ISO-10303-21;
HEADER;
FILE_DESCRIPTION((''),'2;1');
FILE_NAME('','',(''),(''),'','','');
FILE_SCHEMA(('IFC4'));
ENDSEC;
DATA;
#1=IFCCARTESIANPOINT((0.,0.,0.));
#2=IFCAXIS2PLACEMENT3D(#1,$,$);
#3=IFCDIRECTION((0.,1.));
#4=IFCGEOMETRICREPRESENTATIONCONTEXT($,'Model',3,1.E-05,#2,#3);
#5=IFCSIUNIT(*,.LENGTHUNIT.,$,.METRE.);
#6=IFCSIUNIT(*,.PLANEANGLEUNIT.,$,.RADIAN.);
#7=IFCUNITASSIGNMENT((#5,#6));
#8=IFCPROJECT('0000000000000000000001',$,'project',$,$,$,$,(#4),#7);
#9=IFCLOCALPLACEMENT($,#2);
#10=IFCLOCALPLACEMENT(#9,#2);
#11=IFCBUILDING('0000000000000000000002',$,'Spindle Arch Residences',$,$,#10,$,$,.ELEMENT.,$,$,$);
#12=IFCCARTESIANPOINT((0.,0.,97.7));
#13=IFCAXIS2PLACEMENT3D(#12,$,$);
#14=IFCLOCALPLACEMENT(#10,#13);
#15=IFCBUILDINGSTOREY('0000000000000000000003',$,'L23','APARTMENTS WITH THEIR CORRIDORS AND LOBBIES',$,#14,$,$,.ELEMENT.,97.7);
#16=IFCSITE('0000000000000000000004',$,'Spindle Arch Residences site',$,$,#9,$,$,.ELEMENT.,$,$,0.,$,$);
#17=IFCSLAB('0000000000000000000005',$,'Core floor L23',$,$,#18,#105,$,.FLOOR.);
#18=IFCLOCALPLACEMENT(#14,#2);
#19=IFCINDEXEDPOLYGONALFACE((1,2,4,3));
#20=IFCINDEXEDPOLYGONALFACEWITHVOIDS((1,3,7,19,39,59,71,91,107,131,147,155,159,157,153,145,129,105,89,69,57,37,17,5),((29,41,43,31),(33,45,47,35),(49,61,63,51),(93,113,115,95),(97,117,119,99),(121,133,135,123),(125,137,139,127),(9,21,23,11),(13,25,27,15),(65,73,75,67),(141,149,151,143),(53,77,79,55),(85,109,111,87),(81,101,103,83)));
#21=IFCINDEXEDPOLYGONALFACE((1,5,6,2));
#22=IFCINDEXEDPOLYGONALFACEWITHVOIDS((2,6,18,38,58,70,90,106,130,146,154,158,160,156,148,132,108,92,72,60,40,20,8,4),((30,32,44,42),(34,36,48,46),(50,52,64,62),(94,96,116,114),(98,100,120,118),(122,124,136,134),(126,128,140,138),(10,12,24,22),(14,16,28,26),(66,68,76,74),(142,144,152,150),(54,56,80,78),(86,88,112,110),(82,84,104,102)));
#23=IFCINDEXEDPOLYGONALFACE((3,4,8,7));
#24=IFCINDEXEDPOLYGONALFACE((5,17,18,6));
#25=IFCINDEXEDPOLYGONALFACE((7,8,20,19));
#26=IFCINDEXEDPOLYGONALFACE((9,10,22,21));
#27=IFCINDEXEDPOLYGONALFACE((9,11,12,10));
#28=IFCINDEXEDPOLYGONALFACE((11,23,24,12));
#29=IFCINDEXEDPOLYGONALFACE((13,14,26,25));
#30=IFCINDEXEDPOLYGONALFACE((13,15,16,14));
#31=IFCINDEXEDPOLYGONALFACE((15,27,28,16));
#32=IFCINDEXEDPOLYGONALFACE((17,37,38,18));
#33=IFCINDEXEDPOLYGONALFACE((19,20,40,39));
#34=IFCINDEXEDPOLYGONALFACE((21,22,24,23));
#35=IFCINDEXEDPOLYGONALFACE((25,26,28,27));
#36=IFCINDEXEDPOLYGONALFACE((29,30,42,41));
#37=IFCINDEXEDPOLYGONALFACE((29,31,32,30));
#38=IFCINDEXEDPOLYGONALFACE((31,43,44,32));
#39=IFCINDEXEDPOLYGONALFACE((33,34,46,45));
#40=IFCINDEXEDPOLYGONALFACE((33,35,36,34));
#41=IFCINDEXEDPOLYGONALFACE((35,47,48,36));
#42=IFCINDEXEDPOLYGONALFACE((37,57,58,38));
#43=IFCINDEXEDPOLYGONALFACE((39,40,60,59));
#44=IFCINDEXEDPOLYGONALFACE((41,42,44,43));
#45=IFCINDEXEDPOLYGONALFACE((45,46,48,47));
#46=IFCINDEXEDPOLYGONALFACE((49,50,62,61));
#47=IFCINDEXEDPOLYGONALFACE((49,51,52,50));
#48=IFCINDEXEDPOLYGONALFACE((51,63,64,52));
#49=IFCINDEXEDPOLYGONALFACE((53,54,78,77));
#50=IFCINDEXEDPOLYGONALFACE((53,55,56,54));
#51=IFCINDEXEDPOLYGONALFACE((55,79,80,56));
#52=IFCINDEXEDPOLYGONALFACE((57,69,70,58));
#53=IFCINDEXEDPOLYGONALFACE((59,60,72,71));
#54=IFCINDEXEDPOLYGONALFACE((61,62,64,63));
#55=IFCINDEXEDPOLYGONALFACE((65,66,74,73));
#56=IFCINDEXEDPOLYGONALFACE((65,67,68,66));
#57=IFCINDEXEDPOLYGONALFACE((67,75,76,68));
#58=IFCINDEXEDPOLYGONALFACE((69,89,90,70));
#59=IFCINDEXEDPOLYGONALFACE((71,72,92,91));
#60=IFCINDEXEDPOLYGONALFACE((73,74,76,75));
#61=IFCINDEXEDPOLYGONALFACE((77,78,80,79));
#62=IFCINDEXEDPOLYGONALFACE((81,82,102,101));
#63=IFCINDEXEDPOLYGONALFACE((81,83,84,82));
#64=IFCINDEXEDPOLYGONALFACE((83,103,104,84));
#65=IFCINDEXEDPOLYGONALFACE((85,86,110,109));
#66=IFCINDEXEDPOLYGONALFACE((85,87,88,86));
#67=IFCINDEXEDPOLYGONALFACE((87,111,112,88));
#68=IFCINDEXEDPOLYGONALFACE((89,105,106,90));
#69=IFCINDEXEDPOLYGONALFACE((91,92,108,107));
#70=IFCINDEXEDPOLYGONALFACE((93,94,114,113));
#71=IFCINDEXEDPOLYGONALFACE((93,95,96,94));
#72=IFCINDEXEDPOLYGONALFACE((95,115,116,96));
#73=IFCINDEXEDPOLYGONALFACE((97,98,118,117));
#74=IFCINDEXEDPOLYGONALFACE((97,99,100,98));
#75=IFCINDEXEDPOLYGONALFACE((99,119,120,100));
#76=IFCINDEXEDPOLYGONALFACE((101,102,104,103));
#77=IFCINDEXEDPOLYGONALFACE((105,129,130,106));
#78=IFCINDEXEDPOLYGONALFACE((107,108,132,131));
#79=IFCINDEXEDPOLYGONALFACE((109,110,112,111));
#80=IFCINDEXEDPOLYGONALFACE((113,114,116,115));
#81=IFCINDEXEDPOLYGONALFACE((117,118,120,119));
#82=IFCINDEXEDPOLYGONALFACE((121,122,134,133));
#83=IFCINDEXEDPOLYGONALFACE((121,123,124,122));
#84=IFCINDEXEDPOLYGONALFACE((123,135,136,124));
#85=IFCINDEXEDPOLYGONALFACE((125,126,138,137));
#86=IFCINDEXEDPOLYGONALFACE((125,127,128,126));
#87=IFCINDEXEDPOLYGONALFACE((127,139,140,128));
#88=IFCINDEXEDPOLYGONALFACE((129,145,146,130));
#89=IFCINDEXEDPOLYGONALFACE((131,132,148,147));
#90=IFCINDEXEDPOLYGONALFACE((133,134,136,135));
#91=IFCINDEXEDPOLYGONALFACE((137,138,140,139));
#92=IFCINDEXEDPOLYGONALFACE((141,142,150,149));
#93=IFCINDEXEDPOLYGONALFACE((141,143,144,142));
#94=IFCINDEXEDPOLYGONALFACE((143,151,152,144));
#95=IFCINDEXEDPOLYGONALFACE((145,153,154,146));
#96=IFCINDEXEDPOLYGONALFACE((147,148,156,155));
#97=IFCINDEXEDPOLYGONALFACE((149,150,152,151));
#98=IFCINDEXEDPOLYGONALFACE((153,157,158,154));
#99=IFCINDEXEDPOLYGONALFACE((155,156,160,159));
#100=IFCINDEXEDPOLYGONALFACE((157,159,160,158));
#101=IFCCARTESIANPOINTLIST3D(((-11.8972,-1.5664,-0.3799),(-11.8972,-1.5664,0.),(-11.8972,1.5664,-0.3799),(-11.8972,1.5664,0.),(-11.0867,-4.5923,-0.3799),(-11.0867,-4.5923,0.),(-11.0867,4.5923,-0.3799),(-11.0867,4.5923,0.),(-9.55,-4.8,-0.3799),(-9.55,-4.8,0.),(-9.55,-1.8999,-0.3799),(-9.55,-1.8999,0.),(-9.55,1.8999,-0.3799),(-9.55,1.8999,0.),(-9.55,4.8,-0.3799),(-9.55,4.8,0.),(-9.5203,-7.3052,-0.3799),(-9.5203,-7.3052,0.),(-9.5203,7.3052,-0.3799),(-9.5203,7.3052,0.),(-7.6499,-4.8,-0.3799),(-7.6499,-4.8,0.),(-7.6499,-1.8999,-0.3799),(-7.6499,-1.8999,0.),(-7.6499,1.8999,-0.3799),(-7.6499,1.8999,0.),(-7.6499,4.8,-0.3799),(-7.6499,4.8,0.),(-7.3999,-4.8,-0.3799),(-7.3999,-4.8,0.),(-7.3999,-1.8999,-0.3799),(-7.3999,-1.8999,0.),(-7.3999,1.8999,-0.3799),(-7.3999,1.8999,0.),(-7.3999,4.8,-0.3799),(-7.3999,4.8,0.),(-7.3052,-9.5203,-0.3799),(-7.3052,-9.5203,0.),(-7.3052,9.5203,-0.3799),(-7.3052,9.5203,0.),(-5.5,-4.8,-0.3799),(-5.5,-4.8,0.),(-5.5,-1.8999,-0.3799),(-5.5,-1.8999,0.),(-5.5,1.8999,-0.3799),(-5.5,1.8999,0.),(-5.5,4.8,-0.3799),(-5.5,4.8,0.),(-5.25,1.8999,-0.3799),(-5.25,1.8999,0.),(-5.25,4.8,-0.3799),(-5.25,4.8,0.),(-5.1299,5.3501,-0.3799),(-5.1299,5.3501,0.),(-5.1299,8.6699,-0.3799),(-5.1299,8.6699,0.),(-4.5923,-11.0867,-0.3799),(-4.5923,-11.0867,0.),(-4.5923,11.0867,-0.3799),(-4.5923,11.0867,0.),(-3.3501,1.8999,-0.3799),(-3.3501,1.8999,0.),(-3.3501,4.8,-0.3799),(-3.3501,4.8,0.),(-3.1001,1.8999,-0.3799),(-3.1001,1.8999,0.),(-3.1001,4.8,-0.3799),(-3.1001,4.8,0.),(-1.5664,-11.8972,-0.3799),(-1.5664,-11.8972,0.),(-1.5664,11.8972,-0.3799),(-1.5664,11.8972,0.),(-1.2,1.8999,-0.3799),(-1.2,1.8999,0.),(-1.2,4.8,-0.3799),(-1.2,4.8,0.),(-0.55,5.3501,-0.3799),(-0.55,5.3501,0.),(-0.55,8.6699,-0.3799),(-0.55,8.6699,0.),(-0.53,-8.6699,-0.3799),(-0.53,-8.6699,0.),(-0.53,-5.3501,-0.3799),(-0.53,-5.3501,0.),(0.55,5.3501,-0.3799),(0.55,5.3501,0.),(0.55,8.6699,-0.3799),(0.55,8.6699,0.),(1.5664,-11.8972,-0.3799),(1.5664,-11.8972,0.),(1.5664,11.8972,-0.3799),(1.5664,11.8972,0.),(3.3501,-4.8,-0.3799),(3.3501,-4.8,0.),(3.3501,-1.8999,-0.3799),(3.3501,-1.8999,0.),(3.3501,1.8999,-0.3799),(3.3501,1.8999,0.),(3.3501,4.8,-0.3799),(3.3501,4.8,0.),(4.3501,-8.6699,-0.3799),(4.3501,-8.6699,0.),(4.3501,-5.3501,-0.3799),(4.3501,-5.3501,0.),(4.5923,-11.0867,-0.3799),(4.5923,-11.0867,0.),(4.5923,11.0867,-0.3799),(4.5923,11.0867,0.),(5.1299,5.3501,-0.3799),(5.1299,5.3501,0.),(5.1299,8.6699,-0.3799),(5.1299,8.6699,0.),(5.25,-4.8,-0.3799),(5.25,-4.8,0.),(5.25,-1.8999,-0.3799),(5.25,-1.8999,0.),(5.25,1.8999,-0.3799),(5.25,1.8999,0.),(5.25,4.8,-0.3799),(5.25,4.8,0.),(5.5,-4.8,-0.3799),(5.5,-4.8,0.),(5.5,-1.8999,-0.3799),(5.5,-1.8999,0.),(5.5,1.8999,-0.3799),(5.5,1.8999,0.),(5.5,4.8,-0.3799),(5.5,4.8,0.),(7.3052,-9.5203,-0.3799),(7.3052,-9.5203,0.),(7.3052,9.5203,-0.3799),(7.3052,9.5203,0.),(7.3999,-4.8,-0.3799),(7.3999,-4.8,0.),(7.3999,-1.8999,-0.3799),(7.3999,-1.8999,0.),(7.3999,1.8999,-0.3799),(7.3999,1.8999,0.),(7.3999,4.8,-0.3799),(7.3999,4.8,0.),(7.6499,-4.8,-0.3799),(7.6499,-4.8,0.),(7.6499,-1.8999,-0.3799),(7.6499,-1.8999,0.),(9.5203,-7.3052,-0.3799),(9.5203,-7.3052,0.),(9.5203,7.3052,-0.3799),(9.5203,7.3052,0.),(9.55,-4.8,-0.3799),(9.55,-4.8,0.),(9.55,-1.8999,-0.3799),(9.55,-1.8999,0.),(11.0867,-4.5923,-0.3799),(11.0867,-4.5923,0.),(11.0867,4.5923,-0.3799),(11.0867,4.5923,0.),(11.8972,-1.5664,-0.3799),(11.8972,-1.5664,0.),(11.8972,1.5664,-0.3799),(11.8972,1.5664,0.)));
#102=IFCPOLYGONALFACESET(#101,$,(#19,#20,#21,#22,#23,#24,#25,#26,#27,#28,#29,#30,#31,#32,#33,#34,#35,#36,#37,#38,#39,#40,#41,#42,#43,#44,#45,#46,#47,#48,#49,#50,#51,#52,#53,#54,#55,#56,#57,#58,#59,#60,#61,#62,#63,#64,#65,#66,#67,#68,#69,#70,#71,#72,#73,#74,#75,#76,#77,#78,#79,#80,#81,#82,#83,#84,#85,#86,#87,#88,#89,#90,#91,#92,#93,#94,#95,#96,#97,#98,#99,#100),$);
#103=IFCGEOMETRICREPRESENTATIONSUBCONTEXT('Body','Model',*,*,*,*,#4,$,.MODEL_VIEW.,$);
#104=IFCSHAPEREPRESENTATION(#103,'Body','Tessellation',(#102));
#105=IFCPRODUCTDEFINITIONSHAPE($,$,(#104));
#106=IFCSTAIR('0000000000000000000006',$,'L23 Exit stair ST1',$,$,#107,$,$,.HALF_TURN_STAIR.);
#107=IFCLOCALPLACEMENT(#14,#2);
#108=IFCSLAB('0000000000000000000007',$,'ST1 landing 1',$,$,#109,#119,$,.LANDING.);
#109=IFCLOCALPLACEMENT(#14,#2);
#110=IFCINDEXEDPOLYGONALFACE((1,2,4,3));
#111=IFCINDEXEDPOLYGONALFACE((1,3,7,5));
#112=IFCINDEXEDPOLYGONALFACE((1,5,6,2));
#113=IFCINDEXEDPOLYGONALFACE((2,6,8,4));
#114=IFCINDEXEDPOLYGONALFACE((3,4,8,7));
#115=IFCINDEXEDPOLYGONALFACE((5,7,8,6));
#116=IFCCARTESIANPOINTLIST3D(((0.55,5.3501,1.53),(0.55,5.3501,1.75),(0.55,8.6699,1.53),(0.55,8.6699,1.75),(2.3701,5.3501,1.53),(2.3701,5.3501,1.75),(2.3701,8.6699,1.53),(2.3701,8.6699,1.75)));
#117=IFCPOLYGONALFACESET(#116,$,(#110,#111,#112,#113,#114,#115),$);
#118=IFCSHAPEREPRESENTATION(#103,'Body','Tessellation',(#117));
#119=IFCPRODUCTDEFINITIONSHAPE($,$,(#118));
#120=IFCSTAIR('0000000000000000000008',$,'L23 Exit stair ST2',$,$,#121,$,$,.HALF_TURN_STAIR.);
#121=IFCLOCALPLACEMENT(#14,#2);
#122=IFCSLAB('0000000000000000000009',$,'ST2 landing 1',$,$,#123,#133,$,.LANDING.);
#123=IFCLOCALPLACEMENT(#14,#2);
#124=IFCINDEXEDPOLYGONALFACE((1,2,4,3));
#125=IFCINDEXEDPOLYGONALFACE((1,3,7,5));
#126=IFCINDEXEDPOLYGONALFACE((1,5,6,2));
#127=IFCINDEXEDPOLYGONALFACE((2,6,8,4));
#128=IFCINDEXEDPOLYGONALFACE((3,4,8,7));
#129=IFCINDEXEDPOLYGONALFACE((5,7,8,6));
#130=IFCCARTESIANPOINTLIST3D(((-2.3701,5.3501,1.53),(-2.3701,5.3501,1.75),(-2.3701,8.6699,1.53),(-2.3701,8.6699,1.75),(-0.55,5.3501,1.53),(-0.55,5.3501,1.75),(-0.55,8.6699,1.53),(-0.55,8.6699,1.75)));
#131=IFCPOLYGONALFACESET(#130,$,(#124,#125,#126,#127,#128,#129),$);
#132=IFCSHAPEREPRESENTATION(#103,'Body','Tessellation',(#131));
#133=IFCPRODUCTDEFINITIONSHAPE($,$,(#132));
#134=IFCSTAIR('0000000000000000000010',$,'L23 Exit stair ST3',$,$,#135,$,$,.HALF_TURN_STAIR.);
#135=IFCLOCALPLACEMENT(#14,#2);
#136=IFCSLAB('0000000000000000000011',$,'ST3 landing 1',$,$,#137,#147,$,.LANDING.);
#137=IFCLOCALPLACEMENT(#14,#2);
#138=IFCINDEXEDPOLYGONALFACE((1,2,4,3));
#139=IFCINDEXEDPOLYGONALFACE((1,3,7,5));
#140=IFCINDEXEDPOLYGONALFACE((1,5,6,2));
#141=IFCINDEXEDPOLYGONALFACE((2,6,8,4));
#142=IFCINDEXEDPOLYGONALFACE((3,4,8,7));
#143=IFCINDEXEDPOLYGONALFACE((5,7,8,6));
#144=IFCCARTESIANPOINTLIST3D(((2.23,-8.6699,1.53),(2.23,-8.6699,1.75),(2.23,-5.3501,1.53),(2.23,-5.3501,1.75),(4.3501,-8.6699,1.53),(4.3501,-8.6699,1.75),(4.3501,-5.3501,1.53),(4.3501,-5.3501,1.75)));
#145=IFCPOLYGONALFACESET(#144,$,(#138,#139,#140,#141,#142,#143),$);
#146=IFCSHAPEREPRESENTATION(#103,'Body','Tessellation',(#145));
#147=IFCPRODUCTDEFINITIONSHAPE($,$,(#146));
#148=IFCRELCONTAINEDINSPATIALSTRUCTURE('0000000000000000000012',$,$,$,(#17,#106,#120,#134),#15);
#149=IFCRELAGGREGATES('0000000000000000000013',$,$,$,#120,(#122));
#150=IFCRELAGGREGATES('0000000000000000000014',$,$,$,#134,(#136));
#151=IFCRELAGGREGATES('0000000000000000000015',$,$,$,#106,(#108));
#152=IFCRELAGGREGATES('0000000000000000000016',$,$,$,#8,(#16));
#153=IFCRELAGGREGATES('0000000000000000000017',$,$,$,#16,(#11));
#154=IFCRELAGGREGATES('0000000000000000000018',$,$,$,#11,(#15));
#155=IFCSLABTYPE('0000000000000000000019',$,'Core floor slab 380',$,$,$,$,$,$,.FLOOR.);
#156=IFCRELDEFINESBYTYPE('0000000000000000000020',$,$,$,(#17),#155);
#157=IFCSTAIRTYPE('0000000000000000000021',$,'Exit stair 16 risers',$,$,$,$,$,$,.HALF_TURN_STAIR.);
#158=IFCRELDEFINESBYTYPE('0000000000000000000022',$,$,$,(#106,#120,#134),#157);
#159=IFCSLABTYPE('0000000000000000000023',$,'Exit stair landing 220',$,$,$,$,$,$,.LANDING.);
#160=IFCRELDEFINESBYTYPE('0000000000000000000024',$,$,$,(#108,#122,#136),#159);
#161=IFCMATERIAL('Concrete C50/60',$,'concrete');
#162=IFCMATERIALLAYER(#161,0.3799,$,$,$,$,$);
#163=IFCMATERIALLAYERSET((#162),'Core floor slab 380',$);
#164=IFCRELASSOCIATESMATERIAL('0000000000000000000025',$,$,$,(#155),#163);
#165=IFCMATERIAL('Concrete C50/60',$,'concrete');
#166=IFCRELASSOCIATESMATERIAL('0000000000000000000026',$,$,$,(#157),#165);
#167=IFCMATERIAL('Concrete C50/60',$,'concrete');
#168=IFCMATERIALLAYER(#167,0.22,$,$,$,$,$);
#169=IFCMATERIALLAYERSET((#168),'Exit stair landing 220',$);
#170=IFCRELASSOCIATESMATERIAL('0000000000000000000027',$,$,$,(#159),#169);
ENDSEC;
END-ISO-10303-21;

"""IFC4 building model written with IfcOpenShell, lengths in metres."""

from ifc_helpers import new_model, si_unit, direction, frame, origin, place, context, subcontext, project, spatial, polyline, outline, extrude, material, layer, layer_set, type_object, element, aggregate, save


model = new_model("IFC4")

# Units and contexts
model_context = context("Model", 3, precision=1e-05, world=origin(), true_north=direction((0.0, 1.0)))
body_context = subcontext(model_context, "Body", "Model", "MODEL_VIEW")
ifc_project = project(units=[si_unit("LENGTHUNIT", "METRE"), si_unit("PLANEANGLEUNIT", "RADIAN")], contexts=[model_context])

# Site, building, storey
site_placement = place(None, origin())
site = spatial("IfcSite", under=ifc_project, at=site_placement, Name="Spindle Arch Residences site", CompositionType="ELEMENT", RefElevation=0.0)
building_placement = place(site_placement, origin())
building = spatial("IfcBuilding", under=site, at=building_placement, Name="Spindle Arch Residences", CompositionType="ELEMENT")
storey_placement = place(building_placement, frame((0.0, 0.0, 97.7)))
storey = spatial("IfcBuildingStorey", under=building, at=storey_placement, Name="L23", Description="APARTMENTS WITH THEIR CORRIDORS AND LOBBIES", CompositionType="ELEMENT", Elevation=97.7)

# Slab
ifc_material_1 = material(Name="Concrete C50/60", Category="concrete")
ifc_layer_1 = layer(ifc_material_1, 0.3799)
ifc_layer_set_1 = layer_set([ifc_layer_1], Name="Core floor slab 380")
slab_type_1 = type_object("IfcSlabType", Name="Core floor slab 380", PredefinedType="FLOOR", material=ifc_layer_set_1)
slab_1_placement = place(storey_placement, frame((0.0, 0.0, -0.3799)))
element("IfcSlab", 1, at=slab_1_placement, inside=storey, type_object=slab_type_1, Name="Core floor L23", PredefinedType="FLOOR", context=body_context, shape_type="SweptSolid", body=[
    extrude(outline(polyline([(1.5664, -11.8972), (4.5923, -11.0867), (7.3052, -9.5203), (9.5203, -7.3052), (11.0867, -4.5923), (11.8972, -1.5664), (11.8972, 1.5664), (11.0867, 4.5923), (9.5203, 7.3052), (7.3052, 9.5203), (4.5923, 11.0867), (1.5664, 11.8972), (-1.5664, 11.8972), (-4.5923, 11.0867), (-7.3052, 9.5203), (-9.5203, 7.3052), (-11.0867, 4.5923), (-11.8972, 1.5664), (-11.8972, -1.5664), (-11.0867, -4.5923), (-9.5203, -7.3052), (-7.3052, -9.5203), (-4.5923, -11.0867), (-1.5664, -11.8972), (1.5664, -11.8972)]), holes=[polyline([(-9.55, 1.8999), (-7.6499, 1.8999), (-7.6499, 4.8), (-9.55, 4.8), (-9.55, 1.8999)]), polyline([(-7.3999, 1.8999), (-5.5, 1.8999), (-5.5, 4.8), (-7.3999, 4.8), (-7.3999, 1.8999)]), polyline([(-5.25, 1.8999), (-3.3501, 1.8999), (-3.3501, 4.8), (-5.25, 4.8), (-5.25, 1.8999)]), polyline([(-3.1001, 1.8999), (-1.2, 1.8999), (-1.2, 4.8), (-3.1001, 4.8), (-3.1001, 1.8999)]), polyline([(3.3501, 1.8999), (5.25, 1.8999), (5.25, 4.8), (3.3501, 4.8), (3.3501, 1.8999)]), polyline([(5.5, 1.8999), (7.3999, 1.8999), (7.3999, 4.8), (5.5, 4.8), (5.5, 1.8999)]), polyline([(-9.55, -4.8), (-7.6499, -4.8), (-7.6499, -1.8999), (-9.55, -1.8999), (-9.55, -4.8)]), polyline([(-7.3999, -4.8), (-5.5, -4.8), (-5.5, -1.8999), (-7.3999, -1.8999), (-7.3999, -4.8)]), polyline([(3.3501, -4.8), (5.25, -4.8), (5.25, -1.8999), (3.3501, -1.8999), (3.3501, -4.8)]), polyline([(5.5, -4.8), (7.3999, -4.8), (7.3999, -1.8999), (5.5, -1.8999), (5.5, -4.8)]), polyline([(7.6499, -4.8), (9.55, -4.8), (9.55, -1.8999), (7.6499, -1.8999), (7.6499, -4.8)]), polyline([(5.1299, 8.6699), (0.55, 8.6699), (0.55, 5.3501), (5.1299, 5.3501), (5.1299, 8.6699)]), polyline([(-5.1299, 5.3501), (-0.55, 5.3501), (-0.55, 8.6699), (-5.1299, 8.6699), (-5.1299, 5.3501)]), polyline([(-0.53, -8.6699), (4.3501, -8.6699), (4.3501, -5.3501), (-0.53, -5.3501), (-0.53, -8.6699)])]), origin(), (0.0, 0.0, 1.0), 0.3799),
])

# Stairs, slabs
ifc_material_2 = material(Name="Concrete C50/60", Category="concrete")
stair_type = type_object("IfcStairType", Name="Exit stair 16 risers", PredefinedType="HALF_TURN_STAIR", material=ifc_material_2)
stair_1_placement = place(storey_placement, origin())
stair_1 = element("IfcStair", 2, at=stair_1_placement, inside=storey, type_object=stair_type, Name="L23 Exit stair ST1", PredefinedType="HALF_TURN_STAIR")
ifc_material_3 = material(Name="Concrete C50/60", Category="concrete")
ifc_layer_2 = layer(ifc_material_3, 0.22)
ifc_layer_set_2 = layer_set([ifc_layer_2], Name="Exit stair landing 220")
slab_type_2 = type_object("IfcSlabType", Name="Exit stair landing 220", PredefinedType="LANDING", material=ifc_layer_set_2)
slab_2_placement = place(storey_placement, frame((0.0, 0.0, 1.53)))
slab_2 = element("IfcSlab", 3, at=slab_2_placement, type_object=slab_type_2, Name="ST1 landing 1", PredefinedType="LANDING", context=body_context, shape_type="SweptSolid", body=[
    extrude(outline(polyline([(2.3701, 8.6699), (0.55, 8.6699), (0.55, 5.3501), (2.3701, 5.3501), (2.3701, 8.6699)])), origin(), (0.0, 0.0, 1.0), 0.22),
])
stair_2_placement = place(storey_placement, origin())
stair_2 = element("IfcStair", 4, at=stair_2_placement, inside=storey, type_object=stair_type, Name="L23 Exit stair ST2", PredefinedType="HALF_TURN_STAIR")
slab_3_placement = place(storey_placement, frame((0.0, 0.0, 1.53)))
slab_3 = element("IfcSlab", 5, at=slab_3_placement, type_object=slab_type_2, Name="ST2 landing 1", PredefinedType="LANDING", context=body_context, shape_type="SweptSolid", body=[
    extrude(outline(polyline([(-2.3701, 5.3501), (-0.55, 5.3501), (-0.55, 8.6699), (-2.3701, 8.6699), (-2.3701, 5.3501)])), origin(), (0.0, 0.0, 1.0), 0.22),
])
aggregate(stair_2, [slab_3])
stair_3_placement = place(storey_placement, origin())
stair_3 = element("IfcStair", 6, at=stair_3_placement, inside=storey, type_object=stair_type, Name="L23 Exit stair ST3", PredefinedType="HALF_TURN_STAIR")
slab_4_placement = place(storey_placement, frame((0.0, 0.0, 1.53)))
slab_4 = element("IfcSlab", 7, at=slab_4_placement, type_object=slab_type_2, Name="ST3 landing 1", PredefinedType="LANDING", context=body_context, shape_type="SweptSolid", body=[
    extrude(outline(polyline([(2.23, -8.6699), (4.3501, -8.6699), (4.3501, -5.3501), (2.23, -5.3501), (2.23, -8.6699)])), origin(), (0.0, 0.0, 1.0), 0.22),
])
aggregate(stair_3, [slab_4])

aggregate(stair_1, [slab_2])

save(model, "model.ifc")
